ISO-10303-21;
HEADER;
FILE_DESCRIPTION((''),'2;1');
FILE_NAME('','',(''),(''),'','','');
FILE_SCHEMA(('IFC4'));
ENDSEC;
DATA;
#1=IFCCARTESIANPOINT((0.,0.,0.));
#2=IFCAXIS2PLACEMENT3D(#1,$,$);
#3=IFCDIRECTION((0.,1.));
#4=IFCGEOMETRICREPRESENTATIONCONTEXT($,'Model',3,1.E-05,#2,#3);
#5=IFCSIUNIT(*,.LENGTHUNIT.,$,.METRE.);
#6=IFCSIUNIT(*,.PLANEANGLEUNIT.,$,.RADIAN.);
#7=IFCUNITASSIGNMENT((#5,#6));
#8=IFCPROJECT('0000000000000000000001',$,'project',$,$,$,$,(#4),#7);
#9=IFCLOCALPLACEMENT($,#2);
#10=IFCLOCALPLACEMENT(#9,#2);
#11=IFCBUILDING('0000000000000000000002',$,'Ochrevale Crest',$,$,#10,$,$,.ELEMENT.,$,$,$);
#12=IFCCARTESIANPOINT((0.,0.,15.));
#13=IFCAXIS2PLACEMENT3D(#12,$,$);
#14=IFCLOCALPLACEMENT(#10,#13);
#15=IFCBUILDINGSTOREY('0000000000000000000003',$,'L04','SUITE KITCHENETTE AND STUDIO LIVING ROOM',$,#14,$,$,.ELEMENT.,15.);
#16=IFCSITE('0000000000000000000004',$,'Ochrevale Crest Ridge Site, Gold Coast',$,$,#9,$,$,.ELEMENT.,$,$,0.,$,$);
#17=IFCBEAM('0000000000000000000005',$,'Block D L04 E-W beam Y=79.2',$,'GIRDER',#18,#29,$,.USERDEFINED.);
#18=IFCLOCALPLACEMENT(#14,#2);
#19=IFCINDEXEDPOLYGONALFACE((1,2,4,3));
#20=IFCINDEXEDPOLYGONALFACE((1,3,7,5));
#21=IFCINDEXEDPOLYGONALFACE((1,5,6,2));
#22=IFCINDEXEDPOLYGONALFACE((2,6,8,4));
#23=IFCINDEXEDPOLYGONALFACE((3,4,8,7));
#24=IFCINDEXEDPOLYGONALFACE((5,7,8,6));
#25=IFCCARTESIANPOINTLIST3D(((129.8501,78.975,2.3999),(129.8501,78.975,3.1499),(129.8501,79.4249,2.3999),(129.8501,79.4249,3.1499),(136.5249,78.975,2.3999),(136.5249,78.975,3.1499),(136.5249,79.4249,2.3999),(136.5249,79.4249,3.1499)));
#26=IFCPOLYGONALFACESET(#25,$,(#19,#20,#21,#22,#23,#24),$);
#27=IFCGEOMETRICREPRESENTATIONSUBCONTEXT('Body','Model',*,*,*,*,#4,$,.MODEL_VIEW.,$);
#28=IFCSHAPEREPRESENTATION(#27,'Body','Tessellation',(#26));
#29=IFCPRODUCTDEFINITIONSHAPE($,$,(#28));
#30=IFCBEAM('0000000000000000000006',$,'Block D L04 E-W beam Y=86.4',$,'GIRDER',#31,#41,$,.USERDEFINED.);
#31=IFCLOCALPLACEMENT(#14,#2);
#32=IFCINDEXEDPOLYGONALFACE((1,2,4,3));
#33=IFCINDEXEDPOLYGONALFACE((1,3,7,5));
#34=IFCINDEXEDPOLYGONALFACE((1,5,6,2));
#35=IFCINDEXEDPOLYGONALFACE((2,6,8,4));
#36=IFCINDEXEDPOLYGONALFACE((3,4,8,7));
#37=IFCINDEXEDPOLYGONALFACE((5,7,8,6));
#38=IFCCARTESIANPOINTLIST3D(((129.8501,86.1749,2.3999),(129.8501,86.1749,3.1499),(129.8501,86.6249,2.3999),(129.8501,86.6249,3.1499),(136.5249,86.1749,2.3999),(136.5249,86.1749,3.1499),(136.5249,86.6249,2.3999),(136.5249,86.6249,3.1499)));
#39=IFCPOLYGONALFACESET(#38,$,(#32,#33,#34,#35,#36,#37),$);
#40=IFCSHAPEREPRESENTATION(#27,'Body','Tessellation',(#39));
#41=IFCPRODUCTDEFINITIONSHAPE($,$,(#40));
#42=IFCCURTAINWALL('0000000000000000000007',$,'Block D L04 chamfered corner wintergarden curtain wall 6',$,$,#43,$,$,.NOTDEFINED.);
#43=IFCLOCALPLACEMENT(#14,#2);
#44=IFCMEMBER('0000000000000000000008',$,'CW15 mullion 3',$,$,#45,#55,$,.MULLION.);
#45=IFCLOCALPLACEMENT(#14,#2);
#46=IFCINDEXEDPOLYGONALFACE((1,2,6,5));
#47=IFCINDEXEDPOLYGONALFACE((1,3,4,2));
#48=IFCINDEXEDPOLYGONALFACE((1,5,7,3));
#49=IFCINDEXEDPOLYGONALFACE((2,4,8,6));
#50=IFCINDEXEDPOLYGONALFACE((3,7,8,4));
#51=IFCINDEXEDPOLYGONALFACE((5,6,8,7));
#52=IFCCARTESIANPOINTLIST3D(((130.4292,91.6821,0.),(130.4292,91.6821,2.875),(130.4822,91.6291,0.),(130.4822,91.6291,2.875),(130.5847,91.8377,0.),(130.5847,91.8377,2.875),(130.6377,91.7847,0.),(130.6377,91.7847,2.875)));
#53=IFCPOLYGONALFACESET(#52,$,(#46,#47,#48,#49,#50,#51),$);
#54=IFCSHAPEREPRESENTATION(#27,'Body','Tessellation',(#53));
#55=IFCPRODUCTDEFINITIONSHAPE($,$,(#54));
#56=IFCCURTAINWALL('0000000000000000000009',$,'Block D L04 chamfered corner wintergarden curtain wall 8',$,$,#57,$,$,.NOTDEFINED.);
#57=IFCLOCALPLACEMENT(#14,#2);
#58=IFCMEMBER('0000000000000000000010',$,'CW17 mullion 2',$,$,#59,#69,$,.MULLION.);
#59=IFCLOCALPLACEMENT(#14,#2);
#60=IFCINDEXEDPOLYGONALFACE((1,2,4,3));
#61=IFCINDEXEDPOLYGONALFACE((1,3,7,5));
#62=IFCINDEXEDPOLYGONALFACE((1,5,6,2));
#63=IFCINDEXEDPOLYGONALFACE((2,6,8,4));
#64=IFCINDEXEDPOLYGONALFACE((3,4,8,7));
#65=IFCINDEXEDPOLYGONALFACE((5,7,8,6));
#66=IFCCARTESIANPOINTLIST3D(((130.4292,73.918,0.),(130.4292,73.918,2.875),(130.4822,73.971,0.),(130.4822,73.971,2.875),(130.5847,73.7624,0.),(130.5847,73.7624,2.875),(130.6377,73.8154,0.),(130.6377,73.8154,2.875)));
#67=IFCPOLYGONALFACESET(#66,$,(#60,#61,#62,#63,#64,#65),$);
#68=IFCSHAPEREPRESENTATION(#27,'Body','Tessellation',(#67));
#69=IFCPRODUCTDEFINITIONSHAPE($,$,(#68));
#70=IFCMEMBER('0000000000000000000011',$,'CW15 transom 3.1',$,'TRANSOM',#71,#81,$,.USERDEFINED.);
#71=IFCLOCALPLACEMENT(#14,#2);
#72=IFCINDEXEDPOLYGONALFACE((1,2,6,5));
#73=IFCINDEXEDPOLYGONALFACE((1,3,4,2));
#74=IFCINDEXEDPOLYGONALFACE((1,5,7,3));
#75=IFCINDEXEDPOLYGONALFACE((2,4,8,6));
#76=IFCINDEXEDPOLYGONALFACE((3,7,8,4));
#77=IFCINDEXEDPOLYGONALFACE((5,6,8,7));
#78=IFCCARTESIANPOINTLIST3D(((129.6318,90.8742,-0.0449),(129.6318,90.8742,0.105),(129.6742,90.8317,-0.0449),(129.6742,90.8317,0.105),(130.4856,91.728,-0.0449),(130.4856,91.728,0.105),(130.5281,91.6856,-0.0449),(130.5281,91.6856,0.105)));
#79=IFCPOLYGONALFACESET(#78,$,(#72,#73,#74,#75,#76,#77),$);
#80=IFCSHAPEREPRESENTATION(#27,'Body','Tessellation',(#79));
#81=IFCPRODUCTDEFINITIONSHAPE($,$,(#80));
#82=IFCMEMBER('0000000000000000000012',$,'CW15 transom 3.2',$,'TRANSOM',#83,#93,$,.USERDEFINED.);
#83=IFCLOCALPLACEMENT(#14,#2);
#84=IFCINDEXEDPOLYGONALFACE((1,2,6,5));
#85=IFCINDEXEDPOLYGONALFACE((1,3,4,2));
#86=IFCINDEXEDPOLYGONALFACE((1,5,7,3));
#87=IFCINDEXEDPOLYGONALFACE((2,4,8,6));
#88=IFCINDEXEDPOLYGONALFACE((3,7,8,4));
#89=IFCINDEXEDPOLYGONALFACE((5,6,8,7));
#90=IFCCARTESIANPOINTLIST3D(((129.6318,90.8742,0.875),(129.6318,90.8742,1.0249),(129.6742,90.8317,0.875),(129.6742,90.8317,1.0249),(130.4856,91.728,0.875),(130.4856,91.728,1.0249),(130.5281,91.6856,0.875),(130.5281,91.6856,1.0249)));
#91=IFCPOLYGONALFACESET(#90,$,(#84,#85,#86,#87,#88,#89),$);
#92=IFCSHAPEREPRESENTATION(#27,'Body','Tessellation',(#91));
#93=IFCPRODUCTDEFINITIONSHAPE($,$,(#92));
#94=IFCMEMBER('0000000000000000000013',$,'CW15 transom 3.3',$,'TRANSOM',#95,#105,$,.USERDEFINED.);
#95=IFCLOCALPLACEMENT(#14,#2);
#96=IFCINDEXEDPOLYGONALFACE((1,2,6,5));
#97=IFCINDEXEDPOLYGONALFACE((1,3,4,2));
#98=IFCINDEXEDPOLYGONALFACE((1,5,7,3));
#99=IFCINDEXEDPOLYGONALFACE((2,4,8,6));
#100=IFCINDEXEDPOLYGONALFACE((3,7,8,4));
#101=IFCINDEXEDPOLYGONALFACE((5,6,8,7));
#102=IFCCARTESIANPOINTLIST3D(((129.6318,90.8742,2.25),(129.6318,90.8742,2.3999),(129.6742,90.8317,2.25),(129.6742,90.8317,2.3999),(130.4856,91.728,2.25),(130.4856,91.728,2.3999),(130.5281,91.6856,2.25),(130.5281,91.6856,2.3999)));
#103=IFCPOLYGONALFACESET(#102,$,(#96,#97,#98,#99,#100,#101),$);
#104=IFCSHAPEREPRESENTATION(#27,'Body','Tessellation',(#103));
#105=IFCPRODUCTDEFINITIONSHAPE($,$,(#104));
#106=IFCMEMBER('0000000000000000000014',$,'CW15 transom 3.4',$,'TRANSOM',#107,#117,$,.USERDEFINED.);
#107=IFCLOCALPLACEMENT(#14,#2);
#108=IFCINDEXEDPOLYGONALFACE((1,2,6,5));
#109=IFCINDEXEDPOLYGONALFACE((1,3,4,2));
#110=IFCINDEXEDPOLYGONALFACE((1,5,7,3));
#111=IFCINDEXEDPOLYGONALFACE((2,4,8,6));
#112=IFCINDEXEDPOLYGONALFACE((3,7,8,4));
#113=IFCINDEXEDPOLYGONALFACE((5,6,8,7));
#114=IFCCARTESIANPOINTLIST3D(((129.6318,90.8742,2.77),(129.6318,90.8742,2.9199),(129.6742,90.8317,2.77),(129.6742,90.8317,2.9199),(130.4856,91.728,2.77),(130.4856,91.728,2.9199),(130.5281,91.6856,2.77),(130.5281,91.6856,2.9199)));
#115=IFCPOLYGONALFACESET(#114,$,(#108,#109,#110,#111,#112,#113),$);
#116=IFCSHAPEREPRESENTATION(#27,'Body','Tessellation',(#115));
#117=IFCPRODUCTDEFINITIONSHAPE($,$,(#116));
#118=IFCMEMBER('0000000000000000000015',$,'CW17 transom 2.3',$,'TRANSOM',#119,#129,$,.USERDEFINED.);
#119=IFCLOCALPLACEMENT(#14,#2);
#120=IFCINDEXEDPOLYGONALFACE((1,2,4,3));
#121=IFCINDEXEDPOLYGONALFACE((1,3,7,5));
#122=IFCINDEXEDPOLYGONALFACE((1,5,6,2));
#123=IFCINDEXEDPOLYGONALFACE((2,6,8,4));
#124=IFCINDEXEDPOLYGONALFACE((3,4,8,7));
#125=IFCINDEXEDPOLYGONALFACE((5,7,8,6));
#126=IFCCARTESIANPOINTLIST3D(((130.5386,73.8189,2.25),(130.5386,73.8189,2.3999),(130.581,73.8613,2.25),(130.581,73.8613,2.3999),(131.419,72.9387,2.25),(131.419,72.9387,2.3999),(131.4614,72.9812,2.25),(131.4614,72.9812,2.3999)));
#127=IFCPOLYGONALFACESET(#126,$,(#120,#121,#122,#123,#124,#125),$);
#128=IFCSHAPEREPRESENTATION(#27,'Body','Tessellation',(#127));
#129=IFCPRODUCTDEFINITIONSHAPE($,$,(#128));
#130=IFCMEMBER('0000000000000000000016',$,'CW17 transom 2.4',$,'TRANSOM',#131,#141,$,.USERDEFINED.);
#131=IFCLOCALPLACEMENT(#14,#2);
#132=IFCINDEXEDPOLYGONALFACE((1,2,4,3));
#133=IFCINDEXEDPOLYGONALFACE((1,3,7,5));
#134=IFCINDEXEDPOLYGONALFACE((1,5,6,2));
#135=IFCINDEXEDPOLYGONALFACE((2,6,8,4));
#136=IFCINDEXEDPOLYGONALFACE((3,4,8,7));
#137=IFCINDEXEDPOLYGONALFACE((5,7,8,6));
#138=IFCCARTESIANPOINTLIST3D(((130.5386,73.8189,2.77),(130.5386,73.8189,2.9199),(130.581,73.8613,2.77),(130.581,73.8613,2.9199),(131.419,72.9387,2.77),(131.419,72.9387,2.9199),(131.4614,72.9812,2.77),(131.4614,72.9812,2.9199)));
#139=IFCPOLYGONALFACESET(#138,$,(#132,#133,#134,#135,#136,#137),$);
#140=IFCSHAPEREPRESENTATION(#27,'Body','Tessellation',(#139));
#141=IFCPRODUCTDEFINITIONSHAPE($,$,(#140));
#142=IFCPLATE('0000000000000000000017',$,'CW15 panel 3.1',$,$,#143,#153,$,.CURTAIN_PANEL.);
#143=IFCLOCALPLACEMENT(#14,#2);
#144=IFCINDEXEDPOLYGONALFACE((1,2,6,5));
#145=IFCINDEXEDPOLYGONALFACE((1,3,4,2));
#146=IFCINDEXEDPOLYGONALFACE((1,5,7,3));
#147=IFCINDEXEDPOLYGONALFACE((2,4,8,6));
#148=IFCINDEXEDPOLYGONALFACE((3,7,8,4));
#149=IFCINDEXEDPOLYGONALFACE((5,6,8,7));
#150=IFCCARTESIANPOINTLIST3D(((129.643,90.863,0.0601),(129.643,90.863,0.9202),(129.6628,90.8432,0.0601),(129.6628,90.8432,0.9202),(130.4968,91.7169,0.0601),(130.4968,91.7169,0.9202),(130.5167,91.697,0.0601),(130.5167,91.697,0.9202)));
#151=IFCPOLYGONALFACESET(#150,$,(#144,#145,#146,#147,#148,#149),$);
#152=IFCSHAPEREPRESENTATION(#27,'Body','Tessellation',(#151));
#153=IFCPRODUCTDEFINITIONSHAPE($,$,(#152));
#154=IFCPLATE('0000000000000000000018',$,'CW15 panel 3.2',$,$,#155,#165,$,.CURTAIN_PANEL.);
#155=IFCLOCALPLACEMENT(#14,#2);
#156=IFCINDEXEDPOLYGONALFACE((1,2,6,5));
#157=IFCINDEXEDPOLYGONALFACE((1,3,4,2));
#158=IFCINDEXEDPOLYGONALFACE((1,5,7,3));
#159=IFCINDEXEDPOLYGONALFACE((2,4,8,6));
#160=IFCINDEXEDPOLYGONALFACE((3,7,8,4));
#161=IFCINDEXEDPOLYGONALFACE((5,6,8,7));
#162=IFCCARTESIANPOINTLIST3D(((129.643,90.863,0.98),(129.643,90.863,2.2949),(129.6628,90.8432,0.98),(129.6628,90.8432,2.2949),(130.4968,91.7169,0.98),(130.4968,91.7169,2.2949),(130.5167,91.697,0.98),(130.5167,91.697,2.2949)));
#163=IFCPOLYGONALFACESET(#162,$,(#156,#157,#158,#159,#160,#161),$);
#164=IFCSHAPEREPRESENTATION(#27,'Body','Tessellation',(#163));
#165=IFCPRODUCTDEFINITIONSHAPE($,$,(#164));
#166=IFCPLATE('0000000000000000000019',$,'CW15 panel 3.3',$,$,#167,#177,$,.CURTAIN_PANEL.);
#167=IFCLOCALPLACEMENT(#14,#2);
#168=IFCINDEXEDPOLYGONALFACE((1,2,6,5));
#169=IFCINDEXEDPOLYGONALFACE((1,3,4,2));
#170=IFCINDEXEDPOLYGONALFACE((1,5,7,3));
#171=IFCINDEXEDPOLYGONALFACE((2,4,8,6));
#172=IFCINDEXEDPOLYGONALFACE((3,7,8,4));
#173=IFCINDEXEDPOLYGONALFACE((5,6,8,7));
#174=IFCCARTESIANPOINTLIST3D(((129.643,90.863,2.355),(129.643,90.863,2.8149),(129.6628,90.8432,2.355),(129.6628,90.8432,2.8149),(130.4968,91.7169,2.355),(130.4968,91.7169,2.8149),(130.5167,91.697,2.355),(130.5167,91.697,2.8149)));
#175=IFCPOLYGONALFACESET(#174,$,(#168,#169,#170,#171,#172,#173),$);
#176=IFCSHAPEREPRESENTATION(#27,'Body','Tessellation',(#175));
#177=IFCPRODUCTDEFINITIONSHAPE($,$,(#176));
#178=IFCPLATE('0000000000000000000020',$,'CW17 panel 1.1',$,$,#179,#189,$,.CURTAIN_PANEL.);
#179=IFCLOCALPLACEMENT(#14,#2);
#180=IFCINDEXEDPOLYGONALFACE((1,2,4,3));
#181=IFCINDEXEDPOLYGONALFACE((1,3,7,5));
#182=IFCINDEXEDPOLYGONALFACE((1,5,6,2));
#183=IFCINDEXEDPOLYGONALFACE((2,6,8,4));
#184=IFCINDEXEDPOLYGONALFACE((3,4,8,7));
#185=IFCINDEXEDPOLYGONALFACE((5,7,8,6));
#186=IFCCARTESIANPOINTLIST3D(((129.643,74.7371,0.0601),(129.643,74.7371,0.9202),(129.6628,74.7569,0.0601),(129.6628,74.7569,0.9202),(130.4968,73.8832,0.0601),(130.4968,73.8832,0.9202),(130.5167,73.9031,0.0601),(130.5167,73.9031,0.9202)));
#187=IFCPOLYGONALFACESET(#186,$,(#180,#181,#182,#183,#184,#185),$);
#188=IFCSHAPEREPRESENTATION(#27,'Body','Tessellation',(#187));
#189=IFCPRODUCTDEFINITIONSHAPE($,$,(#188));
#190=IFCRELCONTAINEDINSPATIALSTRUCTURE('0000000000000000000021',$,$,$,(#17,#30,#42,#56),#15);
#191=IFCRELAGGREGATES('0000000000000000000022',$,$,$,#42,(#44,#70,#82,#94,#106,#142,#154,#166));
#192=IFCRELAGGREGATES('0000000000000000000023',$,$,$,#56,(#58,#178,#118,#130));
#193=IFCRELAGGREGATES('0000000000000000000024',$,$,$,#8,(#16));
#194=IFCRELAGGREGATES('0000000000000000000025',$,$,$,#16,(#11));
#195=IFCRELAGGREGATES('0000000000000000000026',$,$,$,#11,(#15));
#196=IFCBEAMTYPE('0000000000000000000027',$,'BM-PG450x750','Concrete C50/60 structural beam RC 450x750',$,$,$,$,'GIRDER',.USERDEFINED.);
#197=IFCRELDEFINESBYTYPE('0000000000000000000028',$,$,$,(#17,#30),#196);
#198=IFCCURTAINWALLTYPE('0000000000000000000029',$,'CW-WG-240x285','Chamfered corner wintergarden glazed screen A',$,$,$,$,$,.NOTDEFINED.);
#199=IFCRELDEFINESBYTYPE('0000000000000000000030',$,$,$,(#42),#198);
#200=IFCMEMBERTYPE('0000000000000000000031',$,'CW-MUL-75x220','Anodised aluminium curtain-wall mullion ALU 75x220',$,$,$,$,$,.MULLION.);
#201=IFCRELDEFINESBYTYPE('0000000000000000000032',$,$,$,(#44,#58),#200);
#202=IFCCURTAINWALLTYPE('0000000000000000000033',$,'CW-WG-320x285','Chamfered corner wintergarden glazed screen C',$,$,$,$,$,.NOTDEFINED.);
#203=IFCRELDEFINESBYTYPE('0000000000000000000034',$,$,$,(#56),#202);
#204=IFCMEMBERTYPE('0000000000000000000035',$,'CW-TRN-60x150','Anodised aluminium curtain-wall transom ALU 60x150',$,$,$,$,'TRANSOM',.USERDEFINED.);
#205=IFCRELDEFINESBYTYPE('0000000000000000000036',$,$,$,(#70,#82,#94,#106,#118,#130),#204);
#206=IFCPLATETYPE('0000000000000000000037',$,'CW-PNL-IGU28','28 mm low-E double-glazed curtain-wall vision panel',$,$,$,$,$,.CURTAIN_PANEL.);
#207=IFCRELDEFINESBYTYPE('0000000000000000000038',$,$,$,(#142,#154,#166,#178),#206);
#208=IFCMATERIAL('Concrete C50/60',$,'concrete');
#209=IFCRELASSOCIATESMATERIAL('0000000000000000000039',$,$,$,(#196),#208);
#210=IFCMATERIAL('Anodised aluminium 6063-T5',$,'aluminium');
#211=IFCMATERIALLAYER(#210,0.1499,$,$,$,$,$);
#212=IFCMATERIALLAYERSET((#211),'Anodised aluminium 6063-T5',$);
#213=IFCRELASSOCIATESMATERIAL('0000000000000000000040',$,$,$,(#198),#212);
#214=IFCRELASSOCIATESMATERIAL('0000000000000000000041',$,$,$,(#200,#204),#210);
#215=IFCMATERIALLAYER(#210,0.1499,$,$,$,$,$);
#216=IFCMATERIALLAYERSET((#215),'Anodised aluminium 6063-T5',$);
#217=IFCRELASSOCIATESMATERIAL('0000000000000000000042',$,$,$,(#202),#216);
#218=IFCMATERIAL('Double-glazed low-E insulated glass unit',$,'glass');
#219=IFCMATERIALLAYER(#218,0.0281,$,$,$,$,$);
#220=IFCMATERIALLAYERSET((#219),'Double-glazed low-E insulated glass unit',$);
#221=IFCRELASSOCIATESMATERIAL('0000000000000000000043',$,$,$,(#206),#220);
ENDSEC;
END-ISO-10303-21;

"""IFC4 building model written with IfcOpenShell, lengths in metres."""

from ifc_helpers import new_model, si_unit, direction, frame, origin, origin_2d, place, context, subcontext, project, spatial, rectangle, extrude, material, layer, layer_set, material_profile, profile_set, type_object, element, aggregate, save


model = new_model("IFC4")

# Units and contexts
model_context = context("Model", 3, precision=1e-05, world=origin(), true_north=direction((0.0, 1.0)))
body_context = subcontext(model_context, "Body", "Model", "MODEL_VIEW")
ifc_project = project(units=[si_unit("LENGTHUNIT", "METRE"), si_unit("PLANEANGLEUNIT", "RADIAN")], contexts=[model_context])

# Site, building, storey
site_placement = place(None, origin())
site = spatial("IfcSite", under=ifc_project, at=site_placement, Name="Ochrevale Crest Ridge Site, Gold Coast", CompositionType="ELEMENT", RefElevation=0.0)
building_placement = place(site_placement, origin())
building = spatial("IfcBuilding", under=site, at=building_placement, Name="Ochrevale Crest", CompositionType="ELEMENT")
storey_placement = place(building_placement, frame((0.0, 0.0, 15.0)))
storey = spatial("IfcBuildingStorey", under=building, at=storey_placement, Name="L04", Description="SUITE KITCHENETTE AND STUDIO LIVING ROOM", CompositionType="ELEMENT", Elevation=15.0)

# Beams
ifc_material_1 = material(Name="Concrete C50/60", Category="concrete")
ifc_material_profile_1 = material_profile(ifc_material_1, rectangle(XDim=0.45, YDim=0.75, at=origin_2d()), Name="RC 450x750")
ifc_profile_set_1 = profile_set([ifc_material_profile_1], Name="Concrete C50/60")
beam_type = type_object("IfcBeamType", Name="BM-PG450x750", Description="Concrete C50/60 structural beam RC 450x750", ElementType="GIRDER", PredefinedType="USERDEFINED", material=ifc_profile_set_1)
for number, where, z_axis, x_axis, name in (
    (1, (129.8501, 79.2, 2.7749), (1.0, 0.0, 0.0), (0.0, 1.0, 0.0), "Block D L04 E-W beam Y=79.2"),
    (2, (129.8501, 86.3999, 2.7749), (1.0, 0.0, 0.0), (0.0, 1.0, 0.0), "Block D L04 E-W beam Y=86.4"),
):
    element("IfcBeam", number, at=place(storey_placement, frame(where, z_axis=z_axis, x_axis=x_axis)), inside=storey, type_object=beam_type, Name=name, ObjectType="GIRDER", PredefinedType="USERDEFINED", context=body_context, shape_type="SweptSolid", body=[
        extrude(rectangle(XDim=0.45, YDim=0.75, at=origin_2d()), origin(), (0.0, 0.0, 1.0), 6.6748),
    ])

# Curtain walls, members
ifc_material_2 = material(Name="Anodised aluminium 6063-T5", Category="aluminium")
ifc_layer_1 = layer(ifc_material_2, 0.1499)
ifc_layer_set_1 = layer_set([ifc_layer_1], Name="Anodised aluminium 6063-T5")
curtain_wall_type_1 = type_object("IfcCurtainWallType", Name="CW-WG-240x285", Description="Chamfered corner wintergarden glazed screen A", PredefinedType="NOTDEFINED", material=ifc_layer_set_1)
curtain_wall_1_placement = place(storey_placement, origin())
curtain_wall_1 = element("IfcCurtainWall", 3, at=curtain_wall_1_placement, inside=storey, type_object=curtain_wall_type_1, Name="Block D L04 chamfered corner wintergarden curtain wall 6", PredefinedType="NOTDEFINED")
ifc_material_profile_2 = material_profile(ifc_material_2, rectangle(XDim=0.075, YDim=0.22, at=origin_2d()), Name="ALU 75x220")
ifc_profile_set_2 = profile_set([ifc_material_profile_2], Name="Anodised aluminium 6063-T5")
member_type_1 = type_object("IfcMemberType", Name="CW-MUL-75x220", Description="Anodised aluminium curtain-wall mullion ALU 75x220", PredefinedType="MULLION", material=ifc_profile_set_2)
member_1_placement = place(storey_placement, frame((130.5334, 91.7334, 0.0), z_axis=(0.0, 0.0, 1.0), x_axis=(0.707107, -0.707107, 0.0)))
member_1 = element("IfcMember", 4, at=member_1_placement, type_object=member_type_1, Name="CW15 mullion 3", PredefinedType="MULLION", context=body_context, shape_type="SweptSolid", body=[
    extrude(rectangle(XDim=0.075, YDim=0.22, at=origin_2d()), origin(), (0.0, 0.0, 1.0), 2.875),
])
ifc_layer_2 = layer(ifc_material_2, 0.1499)
ifc_layer_set_2 = layer_set([ifc_layer_2], Name="Anodised aluminium 6063-T5")
curtain_wall_type_2 = type_object("IfcCurtainWallType", Name="CW-WG-320x285", Description="Chamfered corner wintergarden glazed screen C", PredefinedType="NOTDEFINED", material=ifc_layer_set_2)
curtain_wall_2_placement = place(storey_placement, origin())
curtain_wall_2 = element("IfcCurtainWall", 5, at=curtain_wall_2_placement, inside=storey, type_object=curtain_wall_type_2, Name="Block D L04 chamfered corner wintergarden curtain wall 8", PredefinedType="NOTDEFINED")
member_2_placement = place(storey_placement, frame((130.5334, 73.8667, 0.0), z_axis=(0.0, 0.0, 1.0), x_axis=(0.707107, 0.707107, 0.0)))
member_2 = element("IfcMember", 6, at=member_2_placement, type_object=member_type_1, Name="CW17 mullion 2", PredefinedType="MULLION", context=body_context, shape_type="SweptSolid", body=[
    extrude(rectangle(XDim=0.075, YDim=0.22, at=origin_2d()), origin(), (0.0, 0.0, 1.0), 2.875),
])

# Members
ifc_material_profile_3 = material_profile(ifc_material_2, rectangle(XDim=0.0601, YDim=0.1499, at=origin_2d()), Name="ALU 60x150")
ifc_profile_set_3 = profile_set([ifc_material_profile_3], Name="Anodised aluminium 6063-T5")
member_type_2 = type_object("IfcMemberType", Name="CW-TRN-60x150", Description="Anodised aluminium curtain-wall transom ALU 60x150", ElementType="TRANSOM", PredefinedType="USERDEFINED", material=ifc_profile_set_3)
member_3_placement = place(storey_placement, frame((130.5068, 91.7068, 0.03), z_axis=(-0.707107, -0.707107, 0.0), x_axis=(0.707107, -0.707107, 0.0)))
member_3 = element("IfcMember", 7, at=member_3_placement, type_object=member_type_2, Name="CW15 transom 3.1", ObjectType="TRANSOM", PredefinedType="USERDEFINED", context=body_context, shape_type="SweptSolid", body=[
    extrude(rectangle(XDim=0.0601, YDim=0.1499, at=origin_2d()), origin(), (0.0, 0.0, 1.0), 1.2075),
])
member_4_placement = place(storey_placement, frame((130.5068, 91.7068, 0.95), z_axis=(-0.707107, -0.707107, 0.0), x_axis=(0.707107, -0.707107, 0.0)))
member_4 = element("IfcMember", 8, at=member_4_placement, type_object=member_type_2, Name="CW15 transom 3.2", ObjectType="TRANSOM", PredefinedType="USERDEFINED", context=body_context, shape_type="SweptSolid", body=[
    extrude(rectangle(XDim=0.0601, YDim=0.1499, at=origin_2d()), origin(), (0.0, 0.0, 1.0), 1.2075),
])
member_5_placement = place(storey_placement, frame((130.5068, 91.7068, 2.325), z_axis=(-0.707107, -0.707107, 0.0), x_axis=(0.707107, -0.707107, 0.0)))
member_5 = element("IfcMember", 9, at=member_5_placement, type_object=member_type_2, Name="CW15 transom 3.3", ObjectType="TRANSOM", PredefinedType="USERDEFINED", context=body_context, shape_type="SweptSolid", body=[
    extrude(rectangle(XDim=0.0601, YDim=0.1499, at=origin_2d()), origin(), (0.0, 0.0, 1.0), 1.2075),
])
member_6_placement = place(storey_placement, frame((130.5068, 91.7068, 2.845), z_axis=(-0.707107, -0.707107, 0.0), x_axis=(0.707107, -0.707107, 0.0)))
member_6 = element("IfcMember", 10, at=member_6_placement, type_object=member_type_2, Name="CW15 transom 3.4", ObjectType="TRANSOM", PredefinedType="USERDEFINED", context=body_context, shape_type="SweptSolid", body=[
    extrude(rectangle(XDim=0.0601, YDim=0.1499, at=origin_2d()), origin(), (0.0, 0.0, 1.0), 1.2075),
])
member_7_placement = place(storey_placement, frame((130.5598, 73.8401, 2.325), z_axis=(0.707205, -0.707009, 0.0), x_axis=(0.707009, 0.707205, 0.0)))
member_7 = element("IfcMember", 11, at=member_7_placement, type_object=member_type_2, Name="CW17 transom 2.3", ObjectType="TRANSOM", PredefinedType="USERDEFINED", context=body_context, shape_type="SweptSolid", body=[
    extrude(rectangle(XDim=0.0601, YDim=0.1499, at=origin_2d()), origin(), (0.0, 0.0, 1.0), 1.2449),
])
member_8_placement = place(storey_placement, frame((130.5598, 73.8401, 2.845), z_axis=(0.707205, -0.707009, 0.0), x_axis=(0.707009, 0.707205, 0.0)))
member_8 = element("IfcMember", 12, at=member_8_placement, type_object=member_type_2, Name="CW17 transom 2.4", ObjectType="TRANSOM", PredefinedType="USERDEFINED", context=body_context, shape_type="SweptSolid", body=[
    extrude(rectangle(XDim=0.0601, YDim=0.1499, at=origin_2d()), origin(), (0.0, 0.0, 1.0), 1.2449),
])

# Plates
ifc_material_3 = material(Name="Double-glazed low-E insulated glass unit", Category="glass")
ifc_layer_3 = layer(ifc_material_3, 0.0281)
ifc_layer_set_3 = layer_set([ifc_layer_3], Name="Double-glazed low-E insulated glass unit")
plate_type = type_object("IfcPlateType", Name="CW-PNL-IGU28", Description="28 mm low-E double-glazed curtain-wall vision panel", PredefinedType="CURTAIN_PANEL", material=ifc_layer_set_3)
plate_1_placement = place(storey_placement, frame((130.0798, 91.28, 0.0601), z_axis=(0.0, 0.0, 1.0), x_axis=(-0.707107, -0.707107, 0.0)))
plate_1 = element("IfcPlate", 13, at=plate_1_placement, type_object=plate_type, Name="CW15 panel 3.1", PredefinedType="CURTAIN_PANEL", context=body_context, shape_type="SweptSolid", body=[
    extrude(rectangle(XDim=1.2075, YDim=0.0281, at=origin_2d()), origin(), (0.0, 0.0, 1.0), 0.8601),
])
plate_2_placement = place(storey_placement, frame((130.0798, 91.28, 0.98), z_axis=(0.0, 0.0, 1.0), x_axis=(-0.707107, -0.707107, 0.0)))
plate_2 = element("IfcPlate", 14, at=plate_2_placement, type_object=plate_type, Name="CW15 panel 3.2", PredefinedType="CURTAIN_PANEL", context=body_context, shape_type="SweptSolid", body=[
    extrude(rectangle(XDim=1.2075, YDim=0.0281, at=origin_2d()), origin(), (0.0, 0.0, 1.0), 1.3149),
])
plate_3_placement = place(storey_placement, frame((130.0798, 91.28, 2.355), z_axis=(0.0, 0.0, 1.0), x_axis=(-0.707107, -0.707107, 0.0)))
plate_3 = element("IfcPlate", 15, at=plate_3_placement, type_object=plate_type, Name="CW15 panel 3.3", PredefinedType="CURTAIN_PANEL", context=body_context, shape_type="SweptSolid", body=[
    extrude(rectangle(XDim=1.2075, YDim=0.0281, at=origin_2d()), origin(), (0.0, 0.0, 1.0), 0.46),
])
aggregate(curtain_wall_1, [member_1, member_3, member_4, member_5, member_6, plate_1, plate_2, plate_3])
plate_4_placement = place(storey_placement, frame((130.0798, 74.3201, 0.0601), z_axis=(0.0, 0.0, 1.0), x_axis=(0.707107, -0.707107, 0.0)))
plate_4 = element("IfcPlate", 16, at=plate_4_placement, type_object=plate_type, Name="CW17 panel 1.1", PredefinedType="CURTAIN_PANEL", context=body_context, shape_type="SweptSolid", body=[
    extrude(rectangle(XDim=1.2075, YDim=0.0281, at=origin_2d()), origin(), (0.0, 0.0, 1.0), 0.8601),
])
aggregate(curtain_wall_2, [member_2, plate_4, member_7, member_8])

save(model, "model.ifc")
